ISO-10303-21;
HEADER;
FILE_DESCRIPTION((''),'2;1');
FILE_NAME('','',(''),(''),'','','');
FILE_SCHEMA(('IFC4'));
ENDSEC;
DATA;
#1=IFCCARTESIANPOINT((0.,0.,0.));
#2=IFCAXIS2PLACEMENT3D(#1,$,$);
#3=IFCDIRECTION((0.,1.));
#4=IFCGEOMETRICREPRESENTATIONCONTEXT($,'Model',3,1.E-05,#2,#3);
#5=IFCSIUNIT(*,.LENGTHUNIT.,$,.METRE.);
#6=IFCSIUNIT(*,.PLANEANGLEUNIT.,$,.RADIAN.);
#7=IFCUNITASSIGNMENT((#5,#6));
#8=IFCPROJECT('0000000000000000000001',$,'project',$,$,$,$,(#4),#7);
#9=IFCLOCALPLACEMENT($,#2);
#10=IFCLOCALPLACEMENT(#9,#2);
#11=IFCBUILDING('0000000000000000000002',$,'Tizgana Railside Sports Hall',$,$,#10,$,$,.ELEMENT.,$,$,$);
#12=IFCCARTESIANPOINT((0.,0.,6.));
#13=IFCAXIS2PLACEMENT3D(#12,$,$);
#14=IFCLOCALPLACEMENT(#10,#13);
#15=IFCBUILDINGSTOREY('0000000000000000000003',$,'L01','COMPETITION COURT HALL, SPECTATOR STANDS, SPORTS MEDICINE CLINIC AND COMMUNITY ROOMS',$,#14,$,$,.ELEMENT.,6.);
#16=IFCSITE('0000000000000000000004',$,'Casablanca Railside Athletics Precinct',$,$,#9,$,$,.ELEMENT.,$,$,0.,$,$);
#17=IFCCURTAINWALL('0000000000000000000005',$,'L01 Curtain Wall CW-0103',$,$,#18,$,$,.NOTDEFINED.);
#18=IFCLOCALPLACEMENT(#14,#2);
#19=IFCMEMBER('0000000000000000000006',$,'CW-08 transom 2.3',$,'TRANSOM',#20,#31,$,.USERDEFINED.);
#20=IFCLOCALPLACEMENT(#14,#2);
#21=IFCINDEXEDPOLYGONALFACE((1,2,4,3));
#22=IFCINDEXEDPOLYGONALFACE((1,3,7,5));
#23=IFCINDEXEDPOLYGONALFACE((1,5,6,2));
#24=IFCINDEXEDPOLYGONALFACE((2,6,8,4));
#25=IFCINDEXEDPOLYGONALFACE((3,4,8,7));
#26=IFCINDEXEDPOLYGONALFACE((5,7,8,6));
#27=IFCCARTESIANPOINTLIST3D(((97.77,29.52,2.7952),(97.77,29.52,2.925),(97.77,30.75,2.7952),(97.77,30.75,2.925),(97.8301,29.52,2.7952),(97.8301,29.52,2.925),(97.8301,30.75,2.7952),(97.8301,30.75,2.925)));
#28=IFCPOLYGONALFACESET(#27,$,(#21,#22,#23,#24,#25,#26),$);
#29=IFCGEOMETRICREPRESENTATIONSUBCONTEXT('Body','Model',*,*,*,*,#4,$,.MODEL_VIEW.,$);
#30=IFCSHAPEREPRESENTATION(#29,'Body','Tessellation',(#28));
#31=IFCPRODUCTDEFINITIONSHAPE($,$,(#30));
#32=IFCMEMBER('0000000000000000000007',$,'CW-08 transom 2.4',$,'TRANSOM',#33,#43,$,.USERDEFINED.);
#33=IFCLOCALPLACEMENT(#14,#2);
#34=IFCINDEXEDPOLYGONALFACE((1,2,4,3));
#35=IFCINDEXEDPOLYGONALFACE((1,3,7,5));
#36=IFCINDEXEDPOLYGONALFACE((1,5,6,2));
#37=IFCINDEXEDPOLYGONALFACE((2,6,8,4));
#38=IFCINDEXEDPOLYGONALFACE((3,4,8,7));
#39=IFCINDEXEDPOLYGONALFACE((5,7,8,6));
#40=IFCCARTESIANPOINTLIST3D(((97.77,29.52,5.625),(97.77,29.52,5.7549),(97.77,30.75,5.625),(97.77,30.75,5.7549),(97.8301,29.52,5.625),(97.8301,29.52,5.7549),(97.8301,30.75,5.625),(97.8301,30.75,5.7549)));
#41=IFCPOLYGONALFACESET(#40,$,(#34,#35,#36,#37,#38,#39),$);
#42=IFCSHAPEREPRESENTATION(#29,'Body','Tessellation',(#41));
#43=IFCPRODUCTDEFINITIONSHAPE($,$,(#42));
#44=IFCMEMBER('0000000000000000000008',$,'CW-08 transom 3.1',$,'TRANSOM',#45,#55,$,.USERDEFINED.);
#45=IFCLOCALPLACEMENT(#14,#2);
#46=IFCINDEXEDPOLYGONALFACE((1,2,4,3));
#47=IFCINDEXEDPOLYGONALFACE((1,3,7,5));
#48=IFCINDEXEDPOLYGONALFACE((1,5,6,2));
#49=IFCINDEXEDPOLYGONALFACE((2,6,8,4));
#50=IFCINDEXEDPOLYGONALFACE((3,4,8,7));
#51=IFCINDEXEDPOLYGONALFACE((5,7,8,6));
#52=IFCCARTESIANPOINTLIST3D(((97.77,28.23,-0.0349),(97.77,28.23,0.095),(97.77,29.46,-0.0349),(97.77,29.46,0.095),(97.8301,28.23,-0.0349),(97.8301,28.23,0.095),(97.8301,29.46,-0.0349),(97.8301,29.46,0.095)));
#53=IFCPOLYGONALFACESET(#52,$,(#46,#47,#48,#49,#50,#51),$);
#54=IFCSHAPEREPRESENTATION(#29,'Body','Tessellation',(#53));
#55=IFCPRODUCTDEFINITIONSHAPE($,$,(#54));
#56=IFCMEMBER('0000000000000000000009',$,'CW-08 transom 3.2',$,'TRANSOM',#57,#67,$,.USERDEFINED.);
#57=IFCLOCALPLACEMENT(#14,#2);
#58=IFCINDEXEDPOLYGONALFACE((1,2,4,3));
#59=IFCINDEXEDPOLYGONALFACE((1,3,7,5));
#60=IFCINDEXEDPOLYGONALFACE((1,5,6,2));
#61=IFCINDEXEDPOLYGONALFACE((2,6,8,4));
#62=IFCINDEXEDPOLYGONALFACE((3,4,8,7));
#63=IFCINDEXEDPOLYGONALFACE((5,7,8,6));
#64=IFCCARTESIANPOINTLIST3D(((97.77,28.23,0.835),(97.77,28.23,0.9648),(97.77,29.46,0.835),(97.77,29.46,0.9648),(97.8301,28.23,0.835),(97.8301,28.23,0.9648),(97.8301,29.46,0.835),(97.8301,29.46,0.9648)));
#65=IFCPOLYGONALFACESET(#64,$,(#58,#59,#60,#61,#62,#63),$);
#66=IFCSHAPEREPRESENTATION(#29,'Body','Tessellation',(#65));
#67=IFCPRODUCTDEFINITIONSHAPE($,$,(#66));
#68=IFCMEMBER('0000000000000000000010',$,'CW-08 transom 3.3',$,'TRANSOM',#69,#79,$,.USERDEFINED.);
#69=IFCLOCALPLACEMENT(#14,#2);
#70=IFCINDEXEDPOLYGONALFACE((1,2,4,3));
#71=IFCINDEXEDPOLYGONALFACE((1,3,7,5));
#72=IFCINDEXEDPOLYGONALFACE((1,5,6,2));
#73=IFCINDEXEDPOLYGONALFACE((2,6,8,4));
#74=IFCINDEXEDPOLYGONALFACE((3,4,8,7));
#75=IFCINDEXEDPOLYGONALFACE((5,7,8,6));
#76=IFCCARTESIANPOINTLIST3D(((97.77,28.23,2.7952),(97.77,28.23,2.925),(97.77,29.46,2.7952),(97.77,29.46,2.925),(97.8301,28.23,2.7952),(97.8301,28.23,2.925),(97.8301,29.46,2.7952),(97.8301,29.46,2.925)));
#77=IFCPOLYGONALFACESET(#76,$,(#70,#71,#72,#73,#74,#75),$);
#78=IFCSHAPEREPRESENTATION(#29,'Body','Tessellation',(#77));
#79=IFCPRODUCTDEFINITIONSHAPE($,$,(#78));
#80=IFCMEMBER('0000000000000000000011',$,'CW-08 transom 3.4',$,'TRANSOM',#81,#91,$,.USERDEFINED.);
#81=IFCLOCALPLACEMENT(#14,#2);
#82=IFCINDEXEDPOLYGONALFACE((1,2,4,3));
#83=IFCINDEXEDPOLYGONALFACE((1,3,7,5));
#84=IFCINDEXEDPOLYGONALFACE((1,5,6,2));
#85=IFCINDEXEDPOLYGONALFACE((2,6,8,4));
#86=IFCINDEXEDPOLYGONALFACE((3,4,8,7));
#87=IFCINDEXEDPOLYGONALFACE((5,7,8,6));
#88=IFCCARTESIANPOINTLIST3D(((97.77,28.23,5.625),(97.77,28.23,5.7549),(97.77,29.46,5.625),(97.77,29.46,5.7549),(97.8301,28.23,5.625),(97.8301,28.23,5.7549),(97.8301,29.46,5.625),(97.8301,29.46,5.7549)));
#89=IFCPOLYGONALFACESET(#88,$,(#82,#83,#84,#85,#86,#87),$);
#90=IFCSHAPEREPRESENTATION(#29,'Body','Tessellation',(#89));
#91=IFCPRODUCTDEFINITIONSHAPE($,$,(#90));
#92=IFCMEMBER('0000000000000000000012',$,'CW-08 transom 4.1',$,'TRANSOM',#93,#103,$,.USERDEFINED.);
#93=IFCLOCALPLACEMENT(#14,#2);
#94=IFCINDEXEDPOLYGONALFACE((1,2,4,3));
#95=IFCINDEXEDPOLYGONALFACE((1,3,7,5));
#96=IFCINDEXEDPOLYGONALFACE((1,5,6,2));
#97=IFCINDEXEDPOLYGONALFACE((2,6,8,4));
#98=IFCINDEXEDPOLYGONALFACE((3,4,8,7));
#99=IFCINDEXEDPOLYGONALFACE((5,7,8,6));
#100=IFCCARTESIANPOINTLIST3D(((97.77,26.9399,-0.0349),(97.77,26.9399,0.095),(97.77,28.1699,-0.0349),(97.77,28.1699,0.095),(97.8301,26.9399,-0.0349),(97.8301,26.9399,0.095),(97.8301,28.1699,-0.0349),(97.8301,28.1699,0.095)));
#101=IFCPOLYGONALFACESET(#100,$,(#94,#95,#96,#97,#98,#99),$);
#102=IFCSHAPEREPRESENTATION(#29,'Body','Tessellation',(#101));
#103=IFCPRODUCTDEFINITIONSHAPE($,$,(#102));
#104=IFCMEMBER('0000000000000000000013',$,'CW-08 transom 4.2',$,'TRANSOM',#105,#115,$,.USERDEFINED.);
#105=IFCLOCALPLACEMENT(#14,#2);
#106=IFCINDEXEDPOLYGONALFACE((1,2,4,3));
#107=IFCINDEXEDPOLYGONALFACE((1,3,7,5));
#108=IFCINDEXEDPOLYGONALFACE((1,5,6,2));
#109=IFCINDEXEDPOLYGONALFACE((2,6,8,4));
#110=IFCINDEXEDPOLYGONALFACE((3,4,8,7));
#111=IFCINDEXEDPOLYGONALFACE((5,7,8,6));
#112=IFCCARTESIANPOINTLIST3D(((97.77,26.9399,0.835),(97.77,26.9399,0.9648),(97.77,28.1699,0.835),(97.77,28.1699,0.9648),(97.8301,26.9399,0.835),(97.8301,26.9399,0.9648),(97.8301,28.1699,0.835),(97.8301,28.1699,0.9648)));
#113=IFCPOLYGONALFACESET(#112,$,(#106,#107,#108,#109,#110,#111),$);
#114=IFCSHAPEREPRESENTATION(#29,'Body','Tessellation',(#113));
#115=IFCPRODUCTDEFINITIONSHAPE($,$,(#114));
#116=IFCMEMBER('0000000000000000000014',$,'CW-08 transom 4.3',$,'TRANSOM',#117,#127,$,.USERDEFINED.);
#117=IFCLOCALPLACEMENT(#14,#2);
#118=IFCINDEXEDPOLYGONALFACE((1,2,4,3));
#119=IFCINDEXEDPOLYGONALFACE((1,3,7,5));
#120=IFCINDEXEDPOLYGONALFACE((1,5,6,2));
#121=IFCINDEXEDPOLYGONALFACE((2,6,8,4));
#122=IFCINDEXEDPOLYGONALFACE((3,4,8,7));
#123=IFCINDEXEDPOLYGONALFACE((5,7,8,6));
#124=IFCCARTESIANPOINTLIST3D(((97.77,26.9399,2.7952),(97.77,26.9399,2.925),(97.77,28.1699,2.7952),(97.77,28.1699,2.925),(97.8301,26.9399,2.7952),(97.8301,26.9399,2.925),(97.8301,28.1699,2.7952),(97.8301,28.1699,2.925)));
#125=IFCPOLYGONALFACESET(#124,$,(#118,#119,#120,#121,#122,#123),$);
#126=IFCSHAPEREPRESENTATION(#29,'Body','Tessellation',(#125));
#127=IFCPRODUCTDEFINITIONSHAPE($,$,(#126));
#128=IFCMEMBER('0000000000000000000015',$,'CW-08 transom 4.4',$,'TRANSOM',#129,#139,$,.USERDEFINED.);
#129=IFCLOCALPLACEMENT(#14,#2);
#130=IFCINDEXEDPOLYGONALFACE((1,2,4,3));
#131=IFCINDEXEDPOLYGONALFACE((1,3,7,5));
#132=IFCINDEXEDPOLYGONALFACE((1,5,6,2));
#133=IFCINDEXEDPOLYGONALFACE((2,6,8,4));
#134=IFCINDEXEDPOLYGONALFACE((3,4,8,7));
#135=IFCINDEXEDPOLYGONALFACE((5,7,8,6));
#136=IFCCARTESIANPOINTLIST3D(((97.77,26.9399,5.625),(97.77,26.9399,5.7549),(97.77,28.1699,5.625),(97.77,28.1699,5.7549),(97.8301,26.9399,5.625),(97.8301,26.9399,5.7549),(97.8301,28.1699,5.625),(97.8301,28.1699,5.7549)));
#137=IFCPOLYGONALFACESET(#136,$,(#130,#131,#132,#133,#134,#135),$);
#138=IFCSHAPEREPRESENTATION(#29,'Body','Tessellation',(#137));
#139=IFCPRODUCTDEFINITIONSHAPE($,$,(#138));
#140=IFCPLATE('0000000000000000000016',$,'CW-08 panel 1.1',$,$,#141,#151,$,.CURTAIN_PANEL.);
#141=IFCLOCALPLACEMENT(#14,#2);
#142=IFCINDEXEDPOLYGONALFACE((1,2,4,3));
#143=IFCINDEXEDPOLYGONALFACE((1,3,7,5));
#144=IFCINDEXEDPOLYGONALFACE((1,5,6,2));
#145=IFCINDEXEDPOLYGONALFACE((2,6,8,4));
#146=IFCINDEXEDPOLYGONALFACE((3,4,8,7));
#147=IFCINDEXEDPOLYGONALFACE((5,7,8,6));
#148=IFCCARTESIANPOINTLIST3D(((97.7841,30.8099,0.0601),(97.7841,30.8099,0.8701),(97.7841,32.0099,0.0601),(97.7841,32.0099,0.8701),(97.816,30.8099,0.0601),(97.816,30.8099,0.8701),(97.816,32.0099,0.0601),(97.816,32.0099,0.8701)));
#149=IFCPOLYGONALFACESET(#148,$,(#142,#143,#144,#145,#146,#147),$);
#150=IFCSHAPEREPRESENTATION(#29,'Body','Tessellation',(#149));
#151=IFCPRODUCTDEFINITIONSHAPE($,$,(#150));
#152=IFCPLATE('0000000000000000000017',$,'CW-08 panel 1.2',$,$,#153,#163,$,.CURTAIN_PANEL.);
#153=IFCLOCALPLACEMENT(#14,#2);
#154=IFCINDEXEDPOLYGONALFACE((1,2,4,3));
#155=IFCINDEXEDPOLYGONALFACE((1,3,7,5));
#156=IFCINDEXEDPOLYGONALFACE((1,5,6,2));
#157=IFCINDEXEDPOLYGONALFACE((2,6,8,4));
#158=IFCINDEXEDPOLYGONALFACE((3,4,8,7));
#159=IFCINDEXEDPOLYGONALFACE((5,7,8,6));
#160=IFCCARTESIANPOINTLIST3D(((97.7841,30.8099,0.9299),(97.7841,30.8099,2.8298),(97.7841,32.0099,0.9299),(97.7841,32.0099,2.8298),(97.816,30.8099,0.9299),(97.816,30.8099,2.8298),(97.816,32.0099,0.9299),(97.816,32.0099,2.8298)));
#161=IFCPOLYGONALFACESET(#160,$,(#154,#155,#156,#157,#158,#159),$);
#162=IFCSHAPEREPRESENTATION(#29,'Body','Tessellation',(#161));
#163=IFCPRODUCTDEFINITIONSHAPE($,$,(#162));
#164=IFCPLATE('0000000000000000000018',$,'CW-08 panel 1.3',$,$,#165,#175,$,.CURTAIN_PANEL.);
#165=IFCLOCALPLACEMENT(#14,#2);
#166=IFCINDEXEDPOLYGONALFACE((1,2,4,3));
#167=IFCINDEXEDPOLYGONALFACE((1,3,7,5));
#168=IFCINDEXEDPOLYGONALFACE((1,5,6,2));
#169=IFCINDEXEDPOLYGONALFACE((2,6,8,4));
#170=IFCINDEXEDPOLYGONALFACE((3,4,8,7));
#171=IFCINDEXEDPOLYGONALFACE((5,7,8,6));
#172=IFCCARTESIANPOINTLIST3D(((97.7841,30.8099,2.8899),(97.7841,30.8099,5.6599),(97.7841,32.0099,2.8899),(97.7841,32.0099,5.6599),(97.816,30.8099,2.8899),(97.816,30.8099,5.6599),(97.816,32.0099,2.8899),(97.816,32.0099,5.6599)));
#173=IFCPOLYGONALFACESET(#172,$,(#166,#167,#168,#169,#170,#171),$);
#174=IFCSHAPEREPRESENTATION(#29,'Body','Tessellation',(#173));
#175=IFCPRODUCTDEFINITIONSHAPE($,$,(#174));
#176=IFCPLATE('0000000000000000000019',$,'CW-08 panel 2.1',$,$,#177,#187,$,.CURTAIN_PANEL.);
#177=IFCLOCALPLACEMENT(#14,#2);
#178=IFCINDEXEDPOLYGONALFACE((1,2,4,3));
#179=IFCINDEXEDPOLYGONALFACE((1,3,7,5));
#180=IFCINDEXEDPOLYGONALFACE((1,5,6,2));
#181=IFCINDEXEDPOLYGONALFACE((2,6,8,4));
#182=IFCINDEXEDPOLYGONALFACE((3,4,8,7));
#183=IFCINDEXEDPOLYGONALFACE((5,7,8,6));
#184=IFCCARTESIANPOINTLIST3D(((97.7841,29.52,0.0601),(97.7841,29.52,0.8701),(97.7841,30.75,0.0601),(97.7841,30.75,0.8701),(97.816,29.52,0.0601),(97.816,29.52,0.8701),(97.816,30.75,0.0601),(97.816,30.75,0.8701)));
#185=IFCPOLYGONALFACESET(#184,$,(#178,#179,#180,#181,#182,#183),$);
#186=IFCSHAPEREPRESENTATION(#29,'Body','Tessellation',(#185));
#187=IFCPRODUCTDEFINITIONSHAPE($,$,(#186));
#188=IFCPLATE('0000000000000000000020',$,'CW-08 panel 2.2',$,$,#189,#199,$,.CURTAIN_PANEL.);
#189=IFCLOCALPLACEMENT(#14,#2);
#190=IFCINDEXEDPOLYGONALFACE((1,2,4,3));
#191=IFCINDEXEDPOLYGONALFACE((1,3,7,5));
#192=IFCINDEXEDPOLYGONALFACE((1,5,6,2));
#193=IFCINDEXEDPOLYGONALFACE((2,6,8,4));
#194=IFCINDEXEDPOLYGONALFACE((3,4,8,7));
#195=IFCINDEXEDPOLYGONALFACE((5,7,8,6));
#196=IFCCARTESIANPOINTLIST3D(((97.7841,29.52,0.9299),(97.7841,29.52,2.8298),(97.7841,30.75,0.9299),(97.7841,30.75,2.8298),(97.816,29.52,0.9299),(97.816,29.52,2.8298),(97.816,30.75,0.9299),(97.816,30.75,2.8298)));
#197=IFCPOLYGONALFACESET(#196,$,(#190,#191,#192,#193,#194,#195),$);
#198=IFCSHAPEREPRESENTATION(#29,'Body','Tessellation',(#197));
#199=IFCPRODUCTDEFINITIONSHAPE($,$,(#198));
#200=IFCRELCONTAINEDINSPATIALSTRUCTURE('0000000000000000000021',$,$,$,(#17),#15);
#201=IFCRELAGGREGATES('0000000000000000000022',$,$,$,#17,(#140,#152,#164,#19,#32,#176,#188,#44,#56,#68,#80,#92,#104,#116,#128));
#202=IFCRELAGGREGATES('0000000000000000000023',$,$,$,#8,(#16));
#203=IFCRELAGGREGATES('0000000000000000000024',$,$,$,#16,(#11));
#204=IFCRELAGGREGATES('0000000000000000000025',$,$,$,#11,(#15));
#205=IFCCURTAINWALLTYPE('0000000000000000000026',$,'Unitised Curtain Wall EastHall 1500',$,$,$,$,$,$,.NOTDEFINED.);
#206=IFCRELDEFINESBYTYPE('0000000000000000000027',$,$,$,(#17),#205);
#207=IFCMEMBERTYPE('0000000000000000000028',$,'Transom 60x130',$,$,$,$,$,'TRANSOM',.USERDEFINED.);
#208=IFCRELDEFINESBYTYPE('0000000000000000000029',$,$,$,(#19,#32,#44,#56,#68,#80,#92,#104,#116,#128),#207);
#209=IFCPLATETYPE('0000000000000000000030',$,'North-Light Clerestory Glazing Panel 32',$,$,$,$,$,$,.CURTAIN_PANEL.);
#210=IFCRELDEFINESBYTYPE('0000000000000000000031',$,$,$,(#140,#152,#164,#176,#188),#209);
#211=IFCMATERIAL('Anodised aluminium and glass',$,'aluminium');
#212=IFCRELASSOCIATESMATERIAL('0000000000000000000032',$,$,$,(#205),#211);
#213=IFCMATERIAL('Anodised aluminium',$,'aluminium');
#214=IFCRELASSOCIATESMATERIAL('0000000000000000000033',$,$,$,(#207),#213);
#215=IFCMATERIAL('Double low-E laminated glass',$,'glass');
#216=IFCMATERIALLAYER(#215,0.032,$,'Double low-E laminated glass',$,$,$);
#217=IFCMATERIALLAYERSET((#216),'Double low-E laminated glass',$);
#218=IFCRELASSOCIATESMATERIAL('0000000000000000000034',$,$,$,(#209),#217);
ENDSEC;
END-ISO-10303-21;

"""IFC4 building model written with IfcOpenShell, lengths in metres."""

from ifc_helpers import new_model, si_unit, direction, frame, origin, origin_2d, place, context, subcontext, project, spatial, rectangle, extrude, material, layer, layer_set, material_profile, profile_set, type_object, element, aggregate, save


model = new_model("IFC4")

# Units and contexts
model_context = context("Model", 3, precision=1e-05, world=origin(), true_north=direction((0.0, 1.0)))
body_context = subcontext(model_context, "Body", "Model", "MODEL_VIEW")
ifc_project = project(units=[si_unit("LENGTHUNIT", "METRE"), si_unit("PLANEANGLEUNIT", "RADIAN")], contexts=[model_context])

# Site, building, storey
site_placement = place(None, origin())
site = spatial("IfcSite", under=ifc_project, at=site_placement, Name="Casablanca Railside Athletics Precinct", CompositionType="ELEMENT", RefElevation=0.0)
building_placement = place(site_placement, origin())
building = spatial("IfcBuilding", under=site, at=building_placement, Name="Tizgana Railside Sports Hall", CompositionType="ELEMENT")
storey_placement = place(building_placement, frame((0.0, 0.0, 6.0)))
storey = spatial("IfcBuildingStorey", under=building, at=storey_placement, Name="L01", Description="COMPETITION COURT HALL, SPECTATOR STANDS, SPORTS MEDICINE CLINIC AND COMMUNITY ROOMS", CompositionType="ELEMENT", Elevation=6.0)

# Curtain wall
ifc_material_1 = material(Name="Anodised aluminium and glass", Category="aluminium")
curtain_wall_type = type_object("IfcCurtainWallType", Name="Unitised Curtain Wall EastHall 1500", PredefinedType="NOTDEFINED", material=ifc_material_1)
curtain_wall_placement = place(storey_placement, origin())
curtain_wall = element("IfcCurtainWall", 1, at=curtain_wall_placement, inside=storey, type_object=curtain_wall_type, Name="L01 Curtain Wall CW-0103", PredefinedType="NOTDEFINED")
ifc_material_2 = material(Name="Anodised aluminium", Category="aluminium")

# Members
ifc_material_profile_1 = material_profile(ifc_material_2, rectangle(XDim=0.0601, YDim=0.1299, at=origin_2d()), Name="Transom 60x130")
ifc_profile_set_1 = profile_set([ifc_material_profile_1], Name="Anodised aluminium")
member_type_1 = type_object("IfcMemberType", Name="Transom 60x130", ElementType="TRANSOM", PredefinedType="USERDEFINED", material=ifc_profile_set_1)
member_1_placement = place(storey_placement, frame((97.8, 30.75, 2.8601), z_axis=(0.0, -1.0, 0.0), x_axis=(1.0, 0.0, 0.0)))
member_1 = element("IfcMember", 2, at=member_1_placement, type_object=member_type_1, Name="CW-08 transom 2.3", ObjectType="TRANSOM", PredefinedType="USERDEFINED", context=body_context, shape_type="SweptSolid", body=[
    extrude(rectangle(XDim=0.0601, YDim=0.1299, at=origin_2d()), origin(), (0.0, 0.0, 1.0), 1.23),
])
member_2_placement = place(storey_placement, frame((97.8, 30.75, 5.6899), z_axis=(0.0, -1.0, 0.0), x_axis=(1.0, 0.0, 0.0)))
member_2 = element("IfcMember", 3, at=member_2_placement, type_object=member_type_1, Name="CW-08 transom 2.4", ObjectType="TRANSOM", PredefinedType="USERDEFINED", context=body_context, shape_type="SweptSolid", body=[
    extrude(rectangle(XDim=0.0601, YDim=0.1299, at=origin_2d()), origin(), (0.0, 0.0, 1.0), 1.23),
])
member_3_placement = place(storey_placement, frame((97.8, 29.46, 0.03), z_axis=(0.0, -1.0, 0.0), x_axis=(1.0, 0.0, 0.0)))
member_3 = element("IfcMember", 4, at=member_3_placement, type_object=member_type_1, Name="CW-08 transom 3.1", ObjectType="TRANSOM", PredefinedType="USERDEFINED", context=body_context, shape_type="SweptSolid", body=[
    extrude(rectangle(XDim=0.0601, YDim=0.1299, at=origin_2d()), origin(), (0.0, 0.0, 1.0), 1.23),
])
member_4_placement = place(storey_placement, frame((97.8, 29.46, 0.8999), z_axis=(0.0, -1.0, 0.0), x_axis=(1.0, 0.0, 0.0)))
member_4 = element("IfcMember", 5, at=member_4_placement, type_object=member_type_1, Name="CW-08 transom 3.2", ObjectType="TRANSOM", PredefinedType="USERDEFINED", context=body_context, shape_type="SweptSolid", body=[
    extrude(rectangle(XDim=0.0601, YDim=0.1299, at=origin_2d()), origin(), (0.0, 0.0, 1.0), 1.23),
])
member_5_placement = place(storey_placement, frame((97.8, 29.46, 2.8601), z_axis=(0.0, -1.0, 0.0), x_axis=(1.0, 0.0, 0.0)))
member_5 = element("IfcMember", 6, at=member_5_placement, type_object=member_type_1, Name="CW-08 transom 3.3", ObjectType="TRANSOM", PredefinedType="USERDEFINED", context=body_context, shape_type="SweptSolid", body=[
    extrude(rectangle(XDim=0.0601, YDim=0.1299, at=origin_2d()), origin(), (0.0, 0.0, 1.0), 1.23),
])
member_6_placement = place(storey_placement, frame((97.8, 29.46, 5.6899), z_axis=(0.0, -1.0, 0.0), x_axis=(1.0, 0.0, 0.0)))
member_6 = element("IfcMember", 7, at=member_6_placement, type_object=member_type_1, Name="CW-08 transom 3.4", ObjectType="TRANSOM", PredefinedType="USERDEFINED", context=body_context, shape_type="SweptSolid", body=[
    extrude(rectangle(XDim=0.0601, YDim=0.1299, at=origin_2d()), origin(), (0.0, 0.0, 1.0), 1.23),
])
member_7_placement = place(storey_placement, frame((97.8, 28.1699, 0.03), z_axis=(0.0, -1.0, 0.0), x_axis=(1.0, 0.0, 0.0)))
member_7 = element("IfcMember", 8, at=member_7_placement, type_object=member_type_1, Name="CW-08 transom 4.1", ObjectType="TRANSOM", PredefinedType="USERDEFINED", context=body_context, shape_type="SweptSolid", body=[
    extrude(rectangle(XDim=0.0601, YDim=0.1299, at=origin_2d()), origin(), (0.0, 0.0, 1.0), 1.23),
])
member_8_placement = place(storey_placement, frame((97.8, 28.1699, 0.8999), z_axis=(0.0, -1.0, 0.0), x_axis=(1.0, 0.0, 0.0)))
member_8 = element("IfcMember", 9, at=member_8_placement, type_object=member_type_1, Name="CW-08 transom 4.2", ObjectType="TRANSOM", PredefinedType="USERDEFINED", context=body_context, shape_type="SweptSolid", body=[
    extrude(rectangle(XDim=0.0601, YDim=0.1299, at=origin_2d()), origin(), (0.0, 0.0, 1.0), 1.23),
])
member_9_placement = place(storey_placement, frame((97.8, 28.1699, 2.8601), z_axis=(0.0, -1.0, 0.0), x_axis=(1.0, 0.0, 0.0)))
member_9 = element("IfcMember", 10, at=member_9_placement, type_object=member_type_1, Name="CW-08 transom 4.3", ObjectType="TRANSOM", PredefinedType="USERDEFINED", context=body_context, shape_type="SweptSolid", body=[
    extrude(rectangle(XDim=0.0601, YDim=0.1299, at=origin_2d()), origin(), (0.0, 0.0, 1.0), 1.23),
])
member_10_placement = place(storey_placement, frame((97.8, 28.1699, 5.6899), z_axis=(0.0, -1.0, 0.0), x_axis=(1.0, 0.0, 0.0)))
member_10 = element("IfcMember", 11, at=member_10_placement, type_object=member_type_1, Name="CW-08 transom 4.4", ObjectType="TRANSOM", PredefinedType="USERDEFINED", context=body_context, shape_type="SweptSolid", body=[
    extrude(rectangle(XDim=0.0601, YDim=0.1299, at=origin_2d()), origin(), (0.0, 0.0, 1.0), 1.23),
])

# Plates
ifc_material_3 = material(Name="Double low-E laminated glass", Category="glass")
ifc_layer = layer(ifc_material_3, 0.032, Name="Double low-E laminated glass")
ifc_layer_set = layer_set([ifc_layer], Name="Double low-E laminated glass")
plate_type = type_object("IfcPlateType", Name="North-Light Clerestory Glazing Panel 32", PredefinedType="CURTAIN_PANEL", material=ifc_layer_set)
plate_1_placement = place(storey_placement, frame((97.8, 31.4099, 0.0601), z_axis=(0.0, 0.0, 1.0), x_axis=(0.0, -1.0, 0.0)))
plate_1 = element("IfcPlate", 12, at=plate_1_placement, type_object=plate_type, Name="CW-08 panel 1.1", PredefinedType="CURTAIN_PANEL", context=body_context, shape_type="SweptSolid", body=[
    extrude(rectangle(XDim=1.2, YDim=0.032, at=origin_2d()), origin(), (0.0, 0.0, 1.0), 0.8101),
])
plate_2_placement = place(storey_placement, frame((97.8, 31.4099, 0.9299), z_axis=(0.0, 0.0, 1.0), x_axis=(0.0, -1.0, 0.0)))
plate_2 = element("IfcPlate", 13, at=plate_2_placement, type_object=plate_type, Name="CW-08 panel 1.2", PredefinedType="CURTAIN_PANEL", context=body_context, shape_type="SweptSolid", body=[
    extrude(rectangle(XDim=1.2, YDim=0.032, at=origin_2d()), origin(), (0.0, 0.0, 1.0), 1.8999),
])
plate_3_placement = place(storey_placement, frame((97.8, 31.4099, 2.8899), z_axis=(0.0, 0.0, 1.0), x_axis=(0.0, -1.0, 0.0)))
plate_3 = element("IfcPlate", 14, at=plate_3_placement, type_object=plate_type, Name="CW-08 panel 1.3", PredefinedType="CURTAIN_PANEL", context=body_context, shape_type="SweptSolid", body=[
    extrude(rectangle(XDim=1.2, YDim=0.032, at=origin_2d()), origin(), (0.0, 0.0, 1.0), 2.77),
])
plate_4_placement = place(storey_placement, frame((97.8, 30.135, 0.0601), z_axis=(0.0, 0.0, 1.0), x_axis=(0.0, -1.0, 0.0)))
plate_4 = element("IfcPlate", 15, at=plate_4_placement, type_object=plate_type, Name="CW-08 panel 2.1", PredefinedType="CURTAIN_PANEL", context=body_context, shape_type="SweptSolid", body=[
    extrude(rectangle(XDim=1.23, YDim=0.032, at=origin_2d()), origin(), (0.0, 0.0, 1.0), 0.8101),
])
plate_5_placement = place(storey_placement, frame((97.8, 30.135, 0.9299), z_axis=(0.0, 0.0, 1.0), x_axis=(0.0, -1.0, 0.0)))
plate_5 = element("IfcPlate", 16, at=plate_5_placement, type_object=plate_type, Name="CW-08 panel 2.2", PredefinedType="CURTAIN_PANEL", context=body_context, shape_type="SweptSolid", body=[
    extrude(rectangle(XDim=1.23, YDim=0.032, at=origin_2d()), origin(), (0.0, 0.0, 1.0), 1.8999),
])
aggregate(curtain_wall, [plate_1, plate_2, plate_3, member_1, member_2, plate_4, plate_5, member_3, member_4, member_5, member_6, member_7, member_8, member_9, member_10])

save(model, "model.ifc")
